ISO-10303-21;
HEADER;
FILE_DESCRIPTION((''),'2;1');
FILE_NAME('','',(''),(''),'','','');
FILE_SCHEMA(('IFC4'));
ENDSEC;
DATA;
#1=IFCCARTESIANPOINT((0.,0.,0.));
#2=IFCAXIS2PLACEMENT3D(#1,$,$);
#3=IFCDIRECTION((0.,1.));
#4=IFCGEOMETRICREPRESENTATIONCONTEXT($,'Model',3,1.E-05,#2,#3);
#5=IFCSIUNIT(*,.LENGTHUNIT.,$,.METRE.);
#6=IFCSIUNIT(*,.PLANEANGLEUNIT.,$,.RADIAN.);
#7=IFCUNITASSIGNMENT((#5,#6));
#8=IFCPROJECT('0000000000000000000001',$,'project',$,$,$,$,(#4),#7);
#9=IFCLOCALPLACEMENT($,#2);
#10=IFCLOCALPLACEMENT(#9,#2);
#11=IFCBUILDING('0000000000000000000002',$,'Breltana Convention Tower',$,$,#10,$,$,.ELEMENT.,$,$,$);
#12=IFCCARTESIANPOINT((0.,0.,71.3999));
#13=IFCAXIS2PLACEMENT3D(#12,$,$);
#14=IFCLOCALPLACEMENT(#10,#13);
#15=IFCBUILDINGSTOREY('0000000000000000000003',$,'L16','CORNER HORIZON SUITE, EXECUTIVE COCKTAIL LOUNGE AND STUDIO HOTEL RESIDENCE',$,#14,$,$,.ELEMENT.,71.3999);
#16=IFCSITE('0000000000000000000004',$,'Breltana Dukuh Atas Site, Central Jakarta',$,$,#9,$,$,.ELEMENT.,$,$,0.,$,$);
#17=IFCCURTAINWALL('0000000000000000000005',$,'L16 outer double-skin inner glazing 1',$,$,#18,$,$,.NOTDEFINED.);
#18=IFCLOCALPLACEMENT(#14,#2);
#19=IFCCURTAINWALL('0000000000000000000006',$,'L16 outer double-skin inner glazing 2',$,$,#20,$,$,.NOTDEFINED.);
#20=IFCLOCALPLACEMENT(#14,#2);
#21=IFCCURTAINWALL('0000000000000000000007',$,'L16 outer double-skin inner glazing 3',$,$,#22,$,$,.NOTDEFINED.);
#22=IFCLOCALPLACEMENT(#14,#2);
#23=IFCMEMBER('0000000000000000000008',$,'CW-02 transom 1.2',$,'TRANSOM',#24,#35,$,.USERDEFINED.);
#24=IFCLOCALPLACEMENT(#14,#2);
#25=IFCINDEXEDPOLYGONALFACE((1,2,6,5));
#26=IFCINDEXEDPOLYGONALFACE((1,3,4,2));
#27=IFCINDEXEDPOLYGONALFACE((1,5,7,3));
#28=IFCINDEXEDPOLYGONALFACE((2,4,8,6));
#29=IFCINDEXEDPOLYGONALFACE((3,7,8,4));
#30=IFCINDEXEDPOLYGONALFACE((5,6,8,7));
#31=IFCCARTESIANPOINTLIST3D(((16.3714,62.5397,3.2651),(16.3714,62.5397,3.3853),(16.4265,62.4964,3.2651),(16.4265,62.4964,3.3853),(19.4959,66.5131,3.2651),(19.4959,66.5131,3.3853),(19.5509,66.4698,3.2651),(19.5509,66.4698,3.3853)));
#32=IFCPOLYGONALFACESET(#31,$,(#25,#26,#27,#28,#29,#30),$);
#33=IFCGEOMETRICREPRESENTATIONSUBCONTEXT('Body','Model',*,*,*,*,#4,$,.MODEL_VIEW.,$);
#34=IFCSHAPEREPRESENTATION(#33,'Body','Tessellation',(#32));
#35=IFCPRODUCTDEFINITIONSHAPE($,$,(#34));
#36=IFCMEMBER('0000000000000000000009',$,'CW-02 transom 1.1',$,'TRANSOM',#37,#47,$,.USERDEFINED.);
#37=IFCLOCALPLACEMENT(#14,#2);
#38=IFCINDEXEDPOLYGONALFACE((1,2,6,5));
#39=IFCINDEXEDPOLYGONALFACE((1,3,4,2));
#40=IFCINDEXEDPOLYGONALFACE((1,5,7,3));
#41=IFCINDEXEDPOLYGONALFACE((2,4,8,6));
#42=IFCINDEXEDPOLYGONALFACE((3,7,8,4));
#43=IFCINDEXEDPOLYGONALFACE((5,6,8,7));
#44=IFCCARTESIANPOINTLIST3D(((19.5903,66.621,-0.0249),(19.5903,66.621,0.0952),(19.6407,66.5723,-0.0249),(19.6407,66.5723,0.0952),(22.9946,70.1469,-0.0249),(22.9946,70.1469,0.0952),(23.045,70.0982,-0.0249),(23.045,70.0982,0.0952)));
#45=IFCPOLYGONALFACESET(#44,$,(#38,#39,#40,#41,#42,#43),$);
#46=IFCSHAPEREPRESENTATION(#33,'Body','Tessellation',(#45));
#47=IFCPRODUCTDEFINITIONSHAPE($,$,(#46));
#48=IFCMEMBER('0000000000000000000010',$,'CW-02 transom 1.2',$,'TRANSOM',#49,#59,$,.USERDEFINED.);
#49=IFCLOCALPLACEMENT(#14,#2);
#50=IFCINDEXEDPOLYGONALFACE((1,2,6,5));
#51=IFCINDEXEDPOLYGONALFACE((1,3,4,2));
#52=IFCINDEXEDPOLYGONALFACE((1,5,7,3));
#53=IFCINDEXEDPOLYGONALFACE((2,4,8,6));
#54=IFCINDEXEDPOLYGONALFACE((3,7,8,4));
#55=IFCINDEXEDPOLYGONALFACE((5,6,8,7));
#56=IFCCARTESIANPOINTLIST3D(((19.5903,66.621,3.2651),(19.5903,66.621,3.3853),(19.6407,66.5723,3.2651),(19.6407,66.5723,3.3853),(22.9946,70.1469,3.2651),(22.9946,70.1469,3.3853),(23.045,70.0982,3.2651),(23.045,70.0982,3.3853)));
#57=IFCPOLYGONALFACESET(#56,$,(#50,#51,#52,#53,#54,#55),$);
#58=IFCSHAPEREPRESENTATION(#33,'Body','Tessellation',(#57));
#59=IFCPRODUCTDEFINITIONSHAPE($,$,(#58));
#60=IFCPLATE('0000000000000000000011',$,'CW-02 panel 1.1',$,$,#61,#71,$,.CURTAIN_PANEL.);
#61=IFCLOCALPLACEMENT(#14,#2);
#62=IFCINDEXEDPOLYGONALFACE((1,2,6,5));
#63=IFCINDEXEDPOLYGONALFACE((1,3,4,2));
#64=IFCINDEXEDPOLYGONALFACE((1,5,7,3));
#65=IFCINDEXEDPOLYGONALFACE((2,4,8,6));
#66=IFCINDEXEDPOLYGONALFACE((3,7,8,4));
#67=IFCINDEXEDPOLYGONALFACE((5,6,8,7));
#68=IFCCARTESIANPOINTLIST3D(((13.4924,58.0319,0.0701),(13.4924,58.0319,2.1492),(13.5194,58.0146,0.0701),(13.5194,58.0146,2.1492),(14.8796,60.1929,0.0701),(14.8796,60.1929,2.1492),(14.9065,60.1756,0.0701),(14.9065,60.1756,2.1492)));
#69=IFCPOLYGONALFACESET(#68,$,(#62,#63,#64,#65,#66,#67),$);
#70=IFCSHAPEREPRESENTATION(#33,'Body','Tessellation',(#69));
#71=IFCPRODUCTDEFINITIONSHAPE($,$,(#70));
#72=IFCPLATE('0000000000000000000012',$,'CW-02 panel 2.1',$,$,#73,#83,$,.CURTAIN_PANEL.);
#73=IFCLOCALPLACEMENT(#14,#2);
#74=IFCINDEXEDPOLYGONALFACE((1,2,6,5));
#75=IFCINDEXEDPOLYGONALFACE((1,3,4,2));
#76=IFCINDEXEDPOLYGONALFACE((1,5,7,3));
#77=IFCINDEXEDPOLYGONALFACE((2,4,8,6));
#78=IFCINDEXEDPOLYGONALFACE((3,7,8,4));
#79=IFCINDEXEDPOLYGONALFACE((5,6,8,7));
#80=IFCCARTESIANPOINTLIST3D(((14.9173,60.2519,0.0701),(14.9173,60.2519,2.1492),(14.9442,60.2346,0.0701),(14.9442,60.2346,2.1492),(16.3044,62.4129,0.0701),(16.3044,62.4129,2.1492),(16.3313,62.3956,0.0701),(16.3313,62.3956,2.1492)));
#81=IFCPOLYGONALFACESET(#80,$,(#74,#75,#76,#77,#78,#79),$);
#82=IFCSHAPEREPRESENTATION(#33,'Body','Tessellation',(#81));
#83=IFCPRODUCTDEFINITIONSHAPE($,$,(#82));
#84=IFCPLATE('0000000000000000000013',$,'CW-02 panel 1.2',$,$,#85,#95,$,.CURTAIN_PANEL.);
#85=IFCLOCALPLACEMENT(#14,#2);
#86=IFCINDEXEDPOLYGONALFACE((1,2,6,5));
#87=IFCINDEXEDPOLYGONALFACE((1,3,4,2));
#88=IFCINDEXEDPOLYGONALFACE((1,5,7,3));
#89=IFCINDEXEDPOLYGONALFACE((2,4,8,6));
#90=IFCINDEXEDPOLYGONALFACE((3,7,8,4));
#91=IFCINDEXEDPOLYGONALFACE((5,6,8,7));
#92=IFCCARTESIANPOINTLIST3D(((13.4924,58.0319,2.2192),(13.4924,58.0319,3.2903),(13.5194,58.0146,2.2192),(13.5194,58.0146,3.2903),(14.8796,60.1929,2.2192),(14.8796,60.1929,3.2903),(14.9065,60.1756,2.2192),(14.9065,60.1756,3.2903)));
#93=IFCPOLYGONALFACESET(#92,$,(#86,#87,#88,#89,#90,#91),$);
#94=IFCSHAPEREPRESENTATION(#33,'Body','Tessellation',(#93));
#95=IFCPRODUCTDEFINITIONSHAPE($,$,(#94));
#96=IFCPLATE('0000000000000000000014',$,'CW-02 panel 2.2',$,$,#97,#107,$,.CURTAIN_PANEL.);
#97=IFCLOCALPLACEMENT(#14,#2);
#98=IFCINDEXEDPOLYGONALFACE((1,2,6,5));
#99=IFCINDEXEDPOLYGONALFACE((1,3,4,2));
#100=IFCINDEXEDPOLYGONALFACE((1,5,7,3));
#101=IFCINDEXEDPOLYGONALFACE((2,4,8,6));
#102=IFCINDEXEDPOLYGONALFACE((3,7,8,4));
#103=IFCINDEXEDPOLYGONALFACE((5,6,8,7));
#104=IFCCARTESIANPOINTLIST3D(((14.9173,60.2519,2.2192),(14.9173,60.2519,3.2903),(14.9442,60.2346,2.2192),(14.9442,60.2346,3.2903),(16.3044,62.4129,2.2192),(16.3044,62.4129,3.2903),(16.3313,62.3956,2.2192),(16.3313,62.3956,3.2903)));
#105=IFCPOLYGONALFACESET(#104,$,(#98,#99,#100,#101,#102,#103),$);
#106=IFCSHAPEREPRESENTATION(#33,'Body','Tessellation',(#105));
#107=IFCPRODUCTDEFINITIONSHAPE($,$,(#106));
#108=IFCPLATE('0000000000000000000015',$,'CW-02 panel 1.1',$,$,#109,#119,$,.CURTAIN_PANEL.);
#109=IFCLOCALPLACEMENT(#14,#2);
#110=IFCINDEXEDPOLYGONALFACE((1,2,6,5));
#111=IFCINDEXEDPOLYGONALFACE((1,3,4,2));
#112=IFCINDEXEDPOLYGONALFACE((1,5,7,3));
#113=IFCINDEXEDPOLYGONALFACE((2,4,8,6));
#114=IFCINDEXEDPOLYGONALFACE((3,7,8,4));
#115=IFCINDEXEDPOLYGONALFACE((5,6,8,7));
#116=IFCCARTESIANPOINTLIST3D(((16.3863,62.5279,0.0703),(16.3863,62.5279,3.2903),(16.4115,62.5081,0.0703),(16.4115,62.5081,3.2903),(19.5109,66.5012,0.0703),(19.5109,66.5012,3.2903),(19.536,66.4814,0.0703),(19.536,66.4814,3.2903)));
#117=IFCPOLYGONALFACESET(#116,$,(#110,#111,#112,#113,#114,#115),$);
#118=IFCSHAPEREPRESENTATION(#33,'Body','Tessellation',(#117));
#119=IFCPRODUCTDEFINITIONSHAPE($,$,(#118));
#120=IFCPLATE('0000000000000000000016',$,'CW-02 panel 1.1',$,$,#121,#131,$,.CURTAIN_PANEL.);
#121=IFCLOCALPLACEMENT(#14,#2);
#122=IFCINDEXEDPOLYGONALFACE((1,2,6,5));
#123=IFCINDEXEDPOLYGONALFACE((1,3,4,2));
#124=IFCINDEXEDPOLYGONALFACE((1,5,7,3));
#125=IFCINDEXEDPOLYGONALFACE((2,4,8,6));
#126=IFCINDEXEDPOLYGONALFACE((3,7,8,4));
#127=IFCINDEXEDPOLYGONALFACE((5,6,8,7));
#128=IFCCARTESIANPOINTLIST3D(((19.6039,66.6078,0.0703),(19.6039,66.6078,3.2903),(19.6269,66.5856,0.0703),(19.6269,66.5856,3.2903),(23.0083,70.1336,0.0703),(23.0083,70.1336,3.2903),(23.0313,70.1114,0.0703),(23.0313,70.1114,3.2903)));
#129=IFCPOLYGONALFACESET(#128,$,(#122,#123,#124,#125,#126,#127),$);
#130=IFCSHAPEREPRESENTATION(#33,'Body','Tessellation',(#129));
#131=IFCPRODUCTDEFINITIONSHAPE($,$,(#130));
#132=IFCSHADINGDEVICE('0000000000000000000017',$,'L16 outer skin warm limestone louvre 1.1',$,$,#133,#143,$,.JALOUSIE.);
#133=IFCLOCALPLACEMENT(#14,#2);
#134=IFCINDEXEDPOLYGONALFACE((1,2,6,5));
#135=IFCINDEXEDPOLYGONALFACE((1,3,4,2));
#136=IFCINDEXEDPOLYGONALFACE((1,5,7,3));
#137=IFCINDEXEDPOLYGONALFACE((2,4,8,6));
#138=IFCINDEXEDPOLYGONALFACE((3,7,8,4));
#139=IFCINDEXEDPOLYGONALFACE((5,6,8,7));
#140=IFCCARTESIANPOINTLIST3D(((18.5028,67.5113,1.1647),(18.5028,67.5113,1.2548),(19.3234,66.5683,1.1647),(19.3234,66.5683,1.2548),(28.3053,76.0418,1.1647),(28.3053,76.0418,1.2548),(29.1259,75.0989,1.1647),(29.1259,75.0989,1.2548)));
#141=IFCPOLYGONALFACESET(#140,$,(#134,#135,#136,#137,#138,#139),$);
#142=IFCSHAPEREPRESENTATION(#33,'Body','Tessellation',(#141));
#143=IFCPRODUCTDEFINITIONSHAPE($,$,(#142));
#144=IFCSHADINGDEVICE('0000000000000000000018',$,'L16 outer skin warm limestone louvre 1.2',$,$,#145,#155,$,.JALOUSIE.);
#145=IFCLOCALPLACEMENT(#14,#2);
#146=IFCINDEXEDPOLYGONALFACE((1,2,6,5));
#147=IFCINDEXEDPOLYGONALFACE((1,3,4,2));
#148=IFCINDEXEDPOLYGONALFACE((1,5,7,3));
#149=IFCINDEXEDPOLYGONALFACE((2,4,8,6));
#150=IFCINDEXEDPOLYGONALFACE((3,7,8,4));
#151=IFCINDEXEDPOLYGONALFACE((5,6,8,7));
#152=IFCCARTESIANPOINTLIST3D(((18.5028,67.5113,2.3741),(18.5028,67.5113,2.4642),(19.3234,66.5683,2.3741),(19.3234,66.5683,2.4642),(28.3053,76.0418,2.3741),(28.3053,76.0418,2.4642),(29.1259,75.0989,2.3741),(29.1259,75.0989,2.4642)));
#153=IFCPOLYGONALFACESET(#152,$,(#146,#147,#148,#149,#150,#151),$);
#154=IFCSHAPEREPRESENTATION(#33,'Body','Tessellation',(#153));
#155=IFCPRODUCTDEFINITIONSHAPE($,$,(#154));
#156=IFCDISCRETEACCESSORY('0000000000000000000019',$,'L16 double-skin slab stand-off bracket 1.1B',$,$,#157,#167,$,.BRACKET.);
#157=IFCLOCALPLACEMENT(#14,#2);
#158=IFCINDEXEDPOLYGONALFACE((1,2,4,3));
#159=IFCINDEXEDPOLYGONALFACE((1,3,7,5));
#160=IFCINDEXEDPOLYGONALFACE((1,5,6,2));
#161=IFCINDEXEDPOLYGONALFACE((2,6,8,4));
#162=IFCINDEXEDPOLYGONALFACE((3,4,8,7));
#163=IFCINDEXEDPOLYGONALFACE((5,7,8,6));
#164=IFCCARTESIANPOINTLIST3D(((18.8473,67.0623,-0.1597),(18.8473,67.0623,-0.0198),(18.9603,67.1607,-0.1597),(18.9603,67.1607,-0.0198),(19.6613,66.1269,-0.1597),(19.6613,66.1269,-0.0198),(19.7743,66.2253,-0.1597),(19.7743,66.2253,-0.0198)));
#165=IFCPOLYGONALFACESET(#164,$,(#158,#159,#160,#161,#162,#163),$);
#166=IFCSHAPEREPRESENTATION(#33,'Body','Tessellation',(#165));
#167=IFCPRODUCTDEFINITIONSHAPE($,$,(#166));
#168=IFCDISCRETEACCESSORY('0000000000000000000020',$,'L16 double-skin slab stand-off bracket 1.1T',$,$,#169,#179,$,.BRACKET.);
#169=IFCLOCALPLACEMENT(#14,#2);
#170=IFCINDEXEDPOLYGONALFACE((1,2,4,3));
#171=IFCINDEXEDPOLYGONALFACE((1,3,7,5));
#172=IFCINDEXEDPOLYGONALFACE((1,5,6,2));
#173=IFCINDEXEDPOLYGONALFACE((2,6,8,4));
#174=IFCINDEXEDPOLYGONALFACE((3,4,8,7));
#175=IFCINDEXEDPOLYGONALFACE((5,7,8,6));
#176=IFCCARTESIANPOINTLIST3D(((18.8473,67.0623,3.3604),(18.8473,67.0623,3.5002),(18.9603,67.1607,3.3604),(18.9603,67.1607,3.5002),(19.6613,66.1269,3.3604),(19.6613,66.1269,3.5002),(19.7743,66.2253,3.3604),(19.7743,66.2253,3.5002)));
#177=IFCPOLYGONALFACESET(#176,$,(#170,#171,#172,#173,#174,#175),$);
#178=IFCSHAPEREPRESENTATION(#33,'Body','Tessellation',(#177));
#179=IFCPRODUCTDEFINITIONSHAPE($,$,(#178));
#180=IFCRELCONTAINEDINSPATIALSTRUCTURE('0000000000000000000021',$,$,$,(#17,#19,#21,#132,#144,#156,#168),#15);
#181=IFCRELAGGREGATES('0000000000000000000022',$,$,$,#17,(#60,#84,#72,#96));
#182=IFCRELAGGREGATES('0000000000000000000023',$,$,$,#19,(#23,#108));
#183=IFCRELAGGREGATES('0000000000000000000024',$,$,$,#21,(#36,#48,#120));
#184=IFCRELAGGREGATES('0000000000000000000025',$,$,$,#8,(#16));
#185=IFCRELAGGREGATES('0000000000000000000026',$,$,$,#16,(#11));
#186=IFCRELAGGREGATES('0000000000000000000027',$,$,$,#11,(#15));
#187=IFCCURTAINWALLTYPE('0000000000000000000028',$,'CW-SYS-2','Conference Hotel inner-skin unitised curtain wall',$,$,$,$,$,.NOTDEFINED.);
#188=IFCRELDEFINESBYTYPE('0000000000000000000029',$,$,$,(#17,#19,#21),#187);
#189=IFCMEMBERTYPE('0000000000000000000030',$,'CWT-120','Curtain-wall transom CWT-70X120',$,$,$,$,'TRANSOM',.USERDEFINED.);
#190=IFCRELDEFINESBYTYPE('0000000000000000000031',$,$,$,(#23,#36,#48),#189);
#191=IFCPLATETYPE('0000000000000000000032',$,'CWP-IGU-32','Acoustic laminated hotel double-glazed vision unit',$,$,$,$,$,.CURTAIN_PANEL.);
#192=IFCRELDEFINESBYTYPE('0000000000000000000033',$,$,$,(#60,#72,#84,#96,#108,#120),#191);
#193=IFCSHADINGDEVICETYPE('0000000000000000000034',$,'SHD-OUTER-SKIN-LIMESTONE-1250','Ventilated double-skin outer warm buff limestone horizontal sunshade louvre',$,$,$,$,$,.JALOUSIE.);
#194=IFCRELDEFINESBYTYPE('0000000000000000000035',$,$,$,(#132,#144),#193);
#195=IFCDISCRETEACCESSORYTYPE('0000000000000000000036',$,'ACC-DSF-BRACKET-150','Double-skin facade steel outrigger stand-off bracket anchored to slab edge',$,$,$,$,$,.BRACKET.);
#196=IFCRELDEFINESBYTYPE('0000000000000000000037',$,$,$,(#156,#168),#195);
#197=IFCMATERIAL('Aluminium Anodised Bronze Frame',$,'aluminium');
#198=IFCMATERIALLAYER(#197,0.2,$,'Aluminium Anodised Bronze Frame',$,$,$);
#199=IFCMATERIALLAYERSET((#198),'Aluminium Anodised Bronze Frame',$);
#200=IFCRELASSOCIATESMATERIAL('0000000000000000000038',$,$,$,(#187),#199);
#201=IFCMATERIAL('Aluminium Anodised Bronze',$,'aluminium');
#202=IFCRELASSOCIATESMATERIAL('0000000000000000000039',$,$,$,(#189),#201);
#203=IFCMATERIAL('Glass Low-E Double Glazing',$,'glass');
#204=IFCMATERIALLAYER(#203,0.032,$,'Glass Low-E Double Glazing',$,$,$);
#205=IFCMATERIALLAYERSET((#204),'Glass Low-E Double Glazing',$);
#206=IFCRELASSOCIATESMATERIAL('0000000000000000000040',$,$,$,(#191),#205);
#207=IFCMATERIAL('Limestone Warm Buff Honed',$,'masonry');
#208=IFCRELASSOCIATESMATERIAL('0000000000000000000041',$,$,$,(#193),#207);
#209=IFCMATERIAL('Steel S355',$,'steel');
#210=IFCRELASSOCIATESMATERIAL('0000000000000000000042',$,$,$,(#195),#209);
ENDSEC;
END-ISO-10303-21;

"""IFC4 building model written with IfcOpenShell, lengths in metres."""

from ifc_helpers import new_model, si_unit, direction, frame, origin, origin_2d, place, context, subcontext, project, spatial, rectangle, extrude, source, transform, mapped, material, layer, layer_set, material_profile, profile_set, type_object, type_shapes, element, aggregate, save


model = new_model("IFC4")

# Units and contexts
model_context = context("Model", 3, precision=1e-05, world=origin(), true_north=direction((0.0, 1.0)))
body_context = subcontext(model_context, "Body", "Model", "MODEL_VIEW")
ifc_project = project(units=[si_unit("LENGTHUNIT", "METRE"), si_unit("PLANEANGLEUNIT", "RADIAN")], contexts=[model_context])

# Site, building, storey
site_placement = place(None, origin())
site = spatial("IfcSite", under=ifc_project, at=site_placement, Name="Breltana Dukuh Atas Site, Central Jakarta", CompositionType="ELEMENT", RefElevation=0.0)
building_placement = place(site_placement, origin())
building = spatial("IfcBuilding", under=site, at=building_placement, Name="Breltana Convention Tower", CompositionType="ELEMENT")
storey_placement = place(building_placement, frame((0.0, 0.0, 71.3999)))
storey = spatial("IfcBuildingStorey", under=building, at=storey_placement, Name="L16", Description="CORNER HORIZON SUITE, EXECUTIVE COCKTAIL LOUNGE AND STUDIO HOTEL RESIDENCE", CompositionType="ELEMENT", Elevation=71.3999)

# Curtain walls
ifc_material_1 = material(Name="Aluminium Anodised Bronze Frame", Category="aluminium")
ifc_layer_1 = layer(ifc_material_1, 0.2, Name="Aluminium Anodised Bronze Frame")
ifc_layer_set_1 = layer_set([ifc_layer_1], Name="Aluminium Anodised Bronze Frame")
curtain_wall_type = type_object("IfcCurtainWallType", Name="CW-SYS-2", Description="Conference Hotel inner-skin unitised curtain wall", PredefinedType="NOTDEFINED", material=ifc_layer_set_1)
curtain_wall_1_placement = place(storey_placement, origin())
curtain_wall_1 = element("IfcCurtainWall", 1, at=curtain_wall_1_placement, inside=storey, type_object=curtain_wall_type, Name="L16 outer double-skin inner glazing 1", PredefinedType="NOTDEFINED")
ifc_material_2 = material(Name="Aluminium Anodised Bronze", Category="aluminium")
curtain_wall_2_placement = place(storey_placement, origin())
curtain_wall_2 = element("IfcCurtainWall", 2, at=curtain_wall_2_placement, inside=storey, type_object=curtain_wall_type, Name="L16 outer double-skin inner glazing 2", PredefinedType="NOTDEFINED")

# Curtain wall
curtain_wall_3_placement = place(storey_placement, origin())
curtain_wall_3 = element("IfcCurtainWall", 3, at=curtain_wall_3_placement, inside=storey, type_object=curtain_wall_type, Name="L16 outer double-skin inner glazing 3", PredefinedType="NOTDEFINED")

# Members
ifc_material_profile_1 = material_profile(ifc_material_2, rectangle(XDim=0.0701, YDim=0.1201, at=origin_2d()), Name="CWT-70X120")
ifc_profile_set_1 = profile_set([ifc_material_profile_1], Name="Aluminium Anodised Bronze")
member_type_1 = type_object("IfcMemberType", Name="CWT-120", Description="Curtain-wall transom CWT-70X120", ElementType="TRANSOM", PredefinedType="USERDEFINED", material=ifc_profile_set_1)
shared_shape_1 = source(origin(), body_context, "Body", "SweptSolid", [
    extrude(rectangle(XDim=0.0701, YDim=0.1201, at=origin_2d()), origin(), (0.0, 0.0, 1.0), 5.0547),
])
member_1_placement = place(storey_placement, frame((16.3989, 62.5181, 3.3252), z_axis=(0.618135, 0.786072, 0.0), x_axis=(-0.786072, 0.618135, 0.0)))
member_1 = element("IfcMember", 4, at=member_1_placement, type_object=member_type_1, Name="CW-02 transom 1.2", ObjectType="TRANSOM", PredefinedType="USERDEFINED", context=body_context, shape_type="MappedRepresentation", body=[
    mapped(shared_shape_1, transform((0.0, 0.0, 0.0), scale=1.0)),
])
shared_shape_2 = source(origin(), body_context, "Body", "SweptSolid", [
    extrude(rectangle(XDim=0.0701, YDim=0.1201, at=origin_2d()), origin(), (0.0, 0.0, 1.0), 4.9011),
])
member_2_placement = place(storey_placement, frame((19.6155, 66.5967, 0.0352), z_axis=(0.694595, 0.719401, 0.0), x_axis=(-0.719401, 0.694595, 0.0)))
member_2 = element("IfcMember", 5, at=member_2_placement, type_object=member_type_1, Name="CW-02 transom 1.1", ObjectType="TRANSOM", PredefinedType="USERDEFINED", context=body_context, shape_type="MappedRepresentation", body=[
    mapped(shared_shape_2, transform((0.0, 0.0, 0.0), scale=1.0)),
])
member_3_placement = place(storey_placement, frame((19.6155, 66.5967, 3.3252), z_axis=(0.694595, 0.719401, 0.0), x_axis=(-0.719401, 0.694595, 0.0)))
member_3 = element("IfcMember", 6, at=member_3_placement, type_object=member_type_1, Name="CW-02 transom 1.2", ObjectType="TRANSOM", PredefinedType="USERDEFINED", context=body_context, shape_type="MappedRepresentation", body=[
    mapped(shared_shape_2, transform((0.0, 0.0, 0.0), scale=1.0)),
])

# Plates
ifc_material_3 = material(Name="Glass Low-E Double Glazing", Category="glass")
ifc_layer_2 = layer(ifc_material_3, 0.032, Name="Glass Low-E Double Glazing")
ifc_layer_set_2 = layer_set([ifc_layer_2], Name="Glass Low-E Double Glazing")
plate_type = type_object("IfcPlateType", Name="CWP-IGU-32", Description="Acoustic laminated hotel double-glazed vision unit", PredefinedType="CURTAIN_PANEL", material=ifc_layer_set_2)
shared_shape_3 = source(origin(), body_context, "Body", "SweptSolid", [
    extrude(rectangle(XDim=2.5679, YDim=0.032, at=origin_2d()), origin(), (0.0, 0.0, 1.0), 2.0791),
])
type_shapes(plate_type, [shared_shape_3])
plate_1_placement = place(storey_placement, frame((14.1995, 59.1038, 0.0701), z_axis=(0.0, 0.0, 1.0), x_axis=(0.540181, 0.841549, 0.0)))
plate_1 = element("IfcPlate", 7, at=plate_1_placement, type_object=plate_type, Name="CW-02 panel 1.1", PredefinedType="CURTAIN_PANEL", context=body_context, shape_type="MappedRepresentation", body=[
    mapped(shared_shape_3, transform((0.0, 0.0, 0.0), scale=1.0)),
])
plate_2_placement = place(storey_placement, frame((15.6243, 61.3237, 0.0701), z_axis=(0.0, 0.0, 1.0), x_axis=(0.540181, 0.841549, 0.0)))
plate_2 = element("IfcPlate", 8, at=plate_2_placement, type_object=plate_type, Name="CW-02 panel 2.1", PredefinedType="CURTAIN_PANEL", context=body_context, shape_type="MappedRepresentation", body=[
    mapped(shared_shape_3, transform((0.0, 0.0, 0.0), scale=1.0)),
])
shared_shape_4 = source(origin(), body_context, "Body", "SweptSolid", [
    extrude(rectangle(XDim=2.5679, YDim=0.032, at=origin_2d()), origin(), (0.0, 0.0, 1.0), 1.071),
])
plate_3_placement = place(storey_placement, frame((14.1995, 59.1038, 2.2192), z_axis=(0.0, 0.0, 1.0), x_axis=(0.540181, 0.841549, 0.0)))
plate_3 = element("IfcPlate", 9, at=plate_3_placement, type_object=plate_type, Name="CW-02 panel 1.2", PredefinedType="CURTAIN_PANEL", context=body_context, shape_type="MappedRepresentation", body=[
    mapped(shared_shape_4, transform((0.0, 0.0, 0.0), scale=1.0)),
])
plate_4_placement = place(storey_placement, frame((15.6243, 61.3237, 2.2192), z_axis=(0.0, 0.0, 1.0), x_axis=(0.540181, 0.841549, 0.0)))
plate_4 = element("IfcPlate", 10, at=plate_4_placement, type_object=plate_type, Name="CW-02 panel 2.2", PredefinedType="CURTAIN_PANEL", context=body_context, shape_type="MappedRepresentation", body=[
    mapped(shared_shape_4, transform((0.0, 0.0, 0.0), scale=1.0)),
])
aggregate(curtain_wall_1, [plate_1, plate_3, plate_2, plate_4])
shared_shape_5 = source(origin(), body_context, "Body", "SweptSolid", [
    extrude(rectangle(XDim=5.0547, YDim=0.032, at=origin_2d()), origin(), (0.0, 0.0, 1.0), 3.22),
])
plate_5_placement = place(storey_placement, frame((17.9612, 64.5046, 0.0703), z_axis=(0.0, 0.0, 1.0), x_axis=(0.618154, 0.786057, 0.0)))
plate_5 = element("IfcPlate", 11, at=plate_5_placement, type_object=plate_type, Name="CW-02 panel 1.1", PredefinedType="CURTAIN_PANEL", context=body_context, shape_type="MappedRepresentation", body=[
    mapped(shared_shape_5, transform((0.0, 0.0, 0.0), scale=1.0)),
])
aggregate(curtain_wall_2, [member_1, plate_5])
shared_shape_6 = source(origin(), body_context, "Body", "SweptSolid", [
    extrude(rectangle(XDim=4.9011, YDim=0.032, at=origin_2d()), origin(), (0.0, 0.0, 1.0), 3.22),
])
plate_6_placement = place(storey_placement, frame((21.3176, 68.3596, 0.0703), z_axis=(0.0, 0.0, 1.0), x_axis=(0.69461, 0.719386, 0.0)))
plate_6 = element("IfcPlate", 12, at=plate_6_placement, type_object=plate_type, Name="CW-02 panel 1.1", PredefinedType="CURTAIN_PANEL", context=body_context, shape_type="MappedRepresentation", body=[
    mapped(shared_shape_6, transform((0.0, 0.0, 0.0), scale=1.0)),
])
aggregate(curtain_wall_3, [member_2, member_3, plate_6])

# Shading devices
ifc_material_4 = material(Name="Limestone Warm Buff Honed", Category="masonry")
ifc_material_profile_2 = material_profile(ifc_material_4, rectangle(XDim=1.25, YDim=0.0901, at=origin_2d()), Name="STN-LVR-1250X90")
ifc_profile_set_2 = profile_set([ifc_material_profile_2], Name="Limestone Warm Buff Honed")
shading_device_type = type_object("IfcShadingDeviceType", Name="SHD-OUTER-SKIN-LIMESTONE-1250", Description="Ventilated double-skin outer warm buff limestone horizontal sunshade louvre", PredefinedType="JALOUSIE", material=ifc_profile_set_2)
shared_shape_7 = source(origin(), body_context, "Body", "SweptSolid", [
    extrude(rectangle(XDim=1.25, YDim=0.0901, at=origin_2d()), origin(), (0.0, 0.0, 1.0), 12.9946),
])
type_shapes(shading_device_type, [shared_shape_7])
for number, where, z_axis, x_axis, name in (
    (13, (18.9131, 67.0398, 1.2097), (0.754353, 0.656468, 0.0), (-0.656468, 0.754353, 0.0), "L16 outer skin warm limestone louvre 1.1"),
    (14, (18.9131, 67.0398, 2.4192), (0.754353, 0.656468, 0.0), (-0.656468, 0.754353, 0.0), "L16 outer skin warm limestone louvre 1.2"),
):
    element("IfcShadingDevice", number, at=place(storey_placement, frame(where, z_axis=z_axis, x_axis=x_axis)), inside=storey, type_object=shading_device_type, Name=name, PredefinedType="JALOUSIE", context=body_context, shape_type="MappedRepresentation", body=[
        mapped(shared_shape_7, transform((0.0, 0.0, 0.0), scale=1.0)),
    ])

# Discrete accessories
ifc_material_5 = material(Name="Steel S355", Category="steel")
discrete_accessory_type_1 = type_object("IfcDiscreteAccessoryType", Name="ACC-DSF-BRACKET-150", Description="Double-skin facade steel outrigger stand-off bracket anchored to slab edge", PredefinedType="BRACKET", material=ifc_material_5)
shared_shape_8 = source(origin(), body_context, "Body", "SweptSolid", [
    extrude(rectangle(XDim=1.24, YDim=0.1499, at=origin_2d()), origin(), (0.0, 0.0, 1.0), 0.1399),
])
type_shapes(discrete_accessory_type_1, [shared_shape_8])
for number, where, z_axis, x_axis, name in (
    (15, (19.3108, 66.6438, -0.1597), (0.0, 0.0, 1.0), (-0.656457, 0.754364, 0.0), "L16 double-skin slab stand-off bracket 1.1B"),
    (16, (19.3108, 66.6438, 3.3604), (0.0, 0.0, 1.0), (-0.656457, 0.754364, 0.0), "L16 double-skin slab stand-off bracket 1.1T"),
):
    element("IfcDiscreteAccessory", number, at=place(storey_placement, frame(where, z_axis=z_axis, x_axis=x_axis)), inside=storey, type_object=discrete_accessory_type_1, Name=name, PredefinedType="BRACKET", context=body_context, shape_type="MappedRepresentation", body=[
        mapped(shared_shape_8, transform((0.0, 0.0, 0.0), scale=1.0)),
    ])

save(model, "model.ifc")
